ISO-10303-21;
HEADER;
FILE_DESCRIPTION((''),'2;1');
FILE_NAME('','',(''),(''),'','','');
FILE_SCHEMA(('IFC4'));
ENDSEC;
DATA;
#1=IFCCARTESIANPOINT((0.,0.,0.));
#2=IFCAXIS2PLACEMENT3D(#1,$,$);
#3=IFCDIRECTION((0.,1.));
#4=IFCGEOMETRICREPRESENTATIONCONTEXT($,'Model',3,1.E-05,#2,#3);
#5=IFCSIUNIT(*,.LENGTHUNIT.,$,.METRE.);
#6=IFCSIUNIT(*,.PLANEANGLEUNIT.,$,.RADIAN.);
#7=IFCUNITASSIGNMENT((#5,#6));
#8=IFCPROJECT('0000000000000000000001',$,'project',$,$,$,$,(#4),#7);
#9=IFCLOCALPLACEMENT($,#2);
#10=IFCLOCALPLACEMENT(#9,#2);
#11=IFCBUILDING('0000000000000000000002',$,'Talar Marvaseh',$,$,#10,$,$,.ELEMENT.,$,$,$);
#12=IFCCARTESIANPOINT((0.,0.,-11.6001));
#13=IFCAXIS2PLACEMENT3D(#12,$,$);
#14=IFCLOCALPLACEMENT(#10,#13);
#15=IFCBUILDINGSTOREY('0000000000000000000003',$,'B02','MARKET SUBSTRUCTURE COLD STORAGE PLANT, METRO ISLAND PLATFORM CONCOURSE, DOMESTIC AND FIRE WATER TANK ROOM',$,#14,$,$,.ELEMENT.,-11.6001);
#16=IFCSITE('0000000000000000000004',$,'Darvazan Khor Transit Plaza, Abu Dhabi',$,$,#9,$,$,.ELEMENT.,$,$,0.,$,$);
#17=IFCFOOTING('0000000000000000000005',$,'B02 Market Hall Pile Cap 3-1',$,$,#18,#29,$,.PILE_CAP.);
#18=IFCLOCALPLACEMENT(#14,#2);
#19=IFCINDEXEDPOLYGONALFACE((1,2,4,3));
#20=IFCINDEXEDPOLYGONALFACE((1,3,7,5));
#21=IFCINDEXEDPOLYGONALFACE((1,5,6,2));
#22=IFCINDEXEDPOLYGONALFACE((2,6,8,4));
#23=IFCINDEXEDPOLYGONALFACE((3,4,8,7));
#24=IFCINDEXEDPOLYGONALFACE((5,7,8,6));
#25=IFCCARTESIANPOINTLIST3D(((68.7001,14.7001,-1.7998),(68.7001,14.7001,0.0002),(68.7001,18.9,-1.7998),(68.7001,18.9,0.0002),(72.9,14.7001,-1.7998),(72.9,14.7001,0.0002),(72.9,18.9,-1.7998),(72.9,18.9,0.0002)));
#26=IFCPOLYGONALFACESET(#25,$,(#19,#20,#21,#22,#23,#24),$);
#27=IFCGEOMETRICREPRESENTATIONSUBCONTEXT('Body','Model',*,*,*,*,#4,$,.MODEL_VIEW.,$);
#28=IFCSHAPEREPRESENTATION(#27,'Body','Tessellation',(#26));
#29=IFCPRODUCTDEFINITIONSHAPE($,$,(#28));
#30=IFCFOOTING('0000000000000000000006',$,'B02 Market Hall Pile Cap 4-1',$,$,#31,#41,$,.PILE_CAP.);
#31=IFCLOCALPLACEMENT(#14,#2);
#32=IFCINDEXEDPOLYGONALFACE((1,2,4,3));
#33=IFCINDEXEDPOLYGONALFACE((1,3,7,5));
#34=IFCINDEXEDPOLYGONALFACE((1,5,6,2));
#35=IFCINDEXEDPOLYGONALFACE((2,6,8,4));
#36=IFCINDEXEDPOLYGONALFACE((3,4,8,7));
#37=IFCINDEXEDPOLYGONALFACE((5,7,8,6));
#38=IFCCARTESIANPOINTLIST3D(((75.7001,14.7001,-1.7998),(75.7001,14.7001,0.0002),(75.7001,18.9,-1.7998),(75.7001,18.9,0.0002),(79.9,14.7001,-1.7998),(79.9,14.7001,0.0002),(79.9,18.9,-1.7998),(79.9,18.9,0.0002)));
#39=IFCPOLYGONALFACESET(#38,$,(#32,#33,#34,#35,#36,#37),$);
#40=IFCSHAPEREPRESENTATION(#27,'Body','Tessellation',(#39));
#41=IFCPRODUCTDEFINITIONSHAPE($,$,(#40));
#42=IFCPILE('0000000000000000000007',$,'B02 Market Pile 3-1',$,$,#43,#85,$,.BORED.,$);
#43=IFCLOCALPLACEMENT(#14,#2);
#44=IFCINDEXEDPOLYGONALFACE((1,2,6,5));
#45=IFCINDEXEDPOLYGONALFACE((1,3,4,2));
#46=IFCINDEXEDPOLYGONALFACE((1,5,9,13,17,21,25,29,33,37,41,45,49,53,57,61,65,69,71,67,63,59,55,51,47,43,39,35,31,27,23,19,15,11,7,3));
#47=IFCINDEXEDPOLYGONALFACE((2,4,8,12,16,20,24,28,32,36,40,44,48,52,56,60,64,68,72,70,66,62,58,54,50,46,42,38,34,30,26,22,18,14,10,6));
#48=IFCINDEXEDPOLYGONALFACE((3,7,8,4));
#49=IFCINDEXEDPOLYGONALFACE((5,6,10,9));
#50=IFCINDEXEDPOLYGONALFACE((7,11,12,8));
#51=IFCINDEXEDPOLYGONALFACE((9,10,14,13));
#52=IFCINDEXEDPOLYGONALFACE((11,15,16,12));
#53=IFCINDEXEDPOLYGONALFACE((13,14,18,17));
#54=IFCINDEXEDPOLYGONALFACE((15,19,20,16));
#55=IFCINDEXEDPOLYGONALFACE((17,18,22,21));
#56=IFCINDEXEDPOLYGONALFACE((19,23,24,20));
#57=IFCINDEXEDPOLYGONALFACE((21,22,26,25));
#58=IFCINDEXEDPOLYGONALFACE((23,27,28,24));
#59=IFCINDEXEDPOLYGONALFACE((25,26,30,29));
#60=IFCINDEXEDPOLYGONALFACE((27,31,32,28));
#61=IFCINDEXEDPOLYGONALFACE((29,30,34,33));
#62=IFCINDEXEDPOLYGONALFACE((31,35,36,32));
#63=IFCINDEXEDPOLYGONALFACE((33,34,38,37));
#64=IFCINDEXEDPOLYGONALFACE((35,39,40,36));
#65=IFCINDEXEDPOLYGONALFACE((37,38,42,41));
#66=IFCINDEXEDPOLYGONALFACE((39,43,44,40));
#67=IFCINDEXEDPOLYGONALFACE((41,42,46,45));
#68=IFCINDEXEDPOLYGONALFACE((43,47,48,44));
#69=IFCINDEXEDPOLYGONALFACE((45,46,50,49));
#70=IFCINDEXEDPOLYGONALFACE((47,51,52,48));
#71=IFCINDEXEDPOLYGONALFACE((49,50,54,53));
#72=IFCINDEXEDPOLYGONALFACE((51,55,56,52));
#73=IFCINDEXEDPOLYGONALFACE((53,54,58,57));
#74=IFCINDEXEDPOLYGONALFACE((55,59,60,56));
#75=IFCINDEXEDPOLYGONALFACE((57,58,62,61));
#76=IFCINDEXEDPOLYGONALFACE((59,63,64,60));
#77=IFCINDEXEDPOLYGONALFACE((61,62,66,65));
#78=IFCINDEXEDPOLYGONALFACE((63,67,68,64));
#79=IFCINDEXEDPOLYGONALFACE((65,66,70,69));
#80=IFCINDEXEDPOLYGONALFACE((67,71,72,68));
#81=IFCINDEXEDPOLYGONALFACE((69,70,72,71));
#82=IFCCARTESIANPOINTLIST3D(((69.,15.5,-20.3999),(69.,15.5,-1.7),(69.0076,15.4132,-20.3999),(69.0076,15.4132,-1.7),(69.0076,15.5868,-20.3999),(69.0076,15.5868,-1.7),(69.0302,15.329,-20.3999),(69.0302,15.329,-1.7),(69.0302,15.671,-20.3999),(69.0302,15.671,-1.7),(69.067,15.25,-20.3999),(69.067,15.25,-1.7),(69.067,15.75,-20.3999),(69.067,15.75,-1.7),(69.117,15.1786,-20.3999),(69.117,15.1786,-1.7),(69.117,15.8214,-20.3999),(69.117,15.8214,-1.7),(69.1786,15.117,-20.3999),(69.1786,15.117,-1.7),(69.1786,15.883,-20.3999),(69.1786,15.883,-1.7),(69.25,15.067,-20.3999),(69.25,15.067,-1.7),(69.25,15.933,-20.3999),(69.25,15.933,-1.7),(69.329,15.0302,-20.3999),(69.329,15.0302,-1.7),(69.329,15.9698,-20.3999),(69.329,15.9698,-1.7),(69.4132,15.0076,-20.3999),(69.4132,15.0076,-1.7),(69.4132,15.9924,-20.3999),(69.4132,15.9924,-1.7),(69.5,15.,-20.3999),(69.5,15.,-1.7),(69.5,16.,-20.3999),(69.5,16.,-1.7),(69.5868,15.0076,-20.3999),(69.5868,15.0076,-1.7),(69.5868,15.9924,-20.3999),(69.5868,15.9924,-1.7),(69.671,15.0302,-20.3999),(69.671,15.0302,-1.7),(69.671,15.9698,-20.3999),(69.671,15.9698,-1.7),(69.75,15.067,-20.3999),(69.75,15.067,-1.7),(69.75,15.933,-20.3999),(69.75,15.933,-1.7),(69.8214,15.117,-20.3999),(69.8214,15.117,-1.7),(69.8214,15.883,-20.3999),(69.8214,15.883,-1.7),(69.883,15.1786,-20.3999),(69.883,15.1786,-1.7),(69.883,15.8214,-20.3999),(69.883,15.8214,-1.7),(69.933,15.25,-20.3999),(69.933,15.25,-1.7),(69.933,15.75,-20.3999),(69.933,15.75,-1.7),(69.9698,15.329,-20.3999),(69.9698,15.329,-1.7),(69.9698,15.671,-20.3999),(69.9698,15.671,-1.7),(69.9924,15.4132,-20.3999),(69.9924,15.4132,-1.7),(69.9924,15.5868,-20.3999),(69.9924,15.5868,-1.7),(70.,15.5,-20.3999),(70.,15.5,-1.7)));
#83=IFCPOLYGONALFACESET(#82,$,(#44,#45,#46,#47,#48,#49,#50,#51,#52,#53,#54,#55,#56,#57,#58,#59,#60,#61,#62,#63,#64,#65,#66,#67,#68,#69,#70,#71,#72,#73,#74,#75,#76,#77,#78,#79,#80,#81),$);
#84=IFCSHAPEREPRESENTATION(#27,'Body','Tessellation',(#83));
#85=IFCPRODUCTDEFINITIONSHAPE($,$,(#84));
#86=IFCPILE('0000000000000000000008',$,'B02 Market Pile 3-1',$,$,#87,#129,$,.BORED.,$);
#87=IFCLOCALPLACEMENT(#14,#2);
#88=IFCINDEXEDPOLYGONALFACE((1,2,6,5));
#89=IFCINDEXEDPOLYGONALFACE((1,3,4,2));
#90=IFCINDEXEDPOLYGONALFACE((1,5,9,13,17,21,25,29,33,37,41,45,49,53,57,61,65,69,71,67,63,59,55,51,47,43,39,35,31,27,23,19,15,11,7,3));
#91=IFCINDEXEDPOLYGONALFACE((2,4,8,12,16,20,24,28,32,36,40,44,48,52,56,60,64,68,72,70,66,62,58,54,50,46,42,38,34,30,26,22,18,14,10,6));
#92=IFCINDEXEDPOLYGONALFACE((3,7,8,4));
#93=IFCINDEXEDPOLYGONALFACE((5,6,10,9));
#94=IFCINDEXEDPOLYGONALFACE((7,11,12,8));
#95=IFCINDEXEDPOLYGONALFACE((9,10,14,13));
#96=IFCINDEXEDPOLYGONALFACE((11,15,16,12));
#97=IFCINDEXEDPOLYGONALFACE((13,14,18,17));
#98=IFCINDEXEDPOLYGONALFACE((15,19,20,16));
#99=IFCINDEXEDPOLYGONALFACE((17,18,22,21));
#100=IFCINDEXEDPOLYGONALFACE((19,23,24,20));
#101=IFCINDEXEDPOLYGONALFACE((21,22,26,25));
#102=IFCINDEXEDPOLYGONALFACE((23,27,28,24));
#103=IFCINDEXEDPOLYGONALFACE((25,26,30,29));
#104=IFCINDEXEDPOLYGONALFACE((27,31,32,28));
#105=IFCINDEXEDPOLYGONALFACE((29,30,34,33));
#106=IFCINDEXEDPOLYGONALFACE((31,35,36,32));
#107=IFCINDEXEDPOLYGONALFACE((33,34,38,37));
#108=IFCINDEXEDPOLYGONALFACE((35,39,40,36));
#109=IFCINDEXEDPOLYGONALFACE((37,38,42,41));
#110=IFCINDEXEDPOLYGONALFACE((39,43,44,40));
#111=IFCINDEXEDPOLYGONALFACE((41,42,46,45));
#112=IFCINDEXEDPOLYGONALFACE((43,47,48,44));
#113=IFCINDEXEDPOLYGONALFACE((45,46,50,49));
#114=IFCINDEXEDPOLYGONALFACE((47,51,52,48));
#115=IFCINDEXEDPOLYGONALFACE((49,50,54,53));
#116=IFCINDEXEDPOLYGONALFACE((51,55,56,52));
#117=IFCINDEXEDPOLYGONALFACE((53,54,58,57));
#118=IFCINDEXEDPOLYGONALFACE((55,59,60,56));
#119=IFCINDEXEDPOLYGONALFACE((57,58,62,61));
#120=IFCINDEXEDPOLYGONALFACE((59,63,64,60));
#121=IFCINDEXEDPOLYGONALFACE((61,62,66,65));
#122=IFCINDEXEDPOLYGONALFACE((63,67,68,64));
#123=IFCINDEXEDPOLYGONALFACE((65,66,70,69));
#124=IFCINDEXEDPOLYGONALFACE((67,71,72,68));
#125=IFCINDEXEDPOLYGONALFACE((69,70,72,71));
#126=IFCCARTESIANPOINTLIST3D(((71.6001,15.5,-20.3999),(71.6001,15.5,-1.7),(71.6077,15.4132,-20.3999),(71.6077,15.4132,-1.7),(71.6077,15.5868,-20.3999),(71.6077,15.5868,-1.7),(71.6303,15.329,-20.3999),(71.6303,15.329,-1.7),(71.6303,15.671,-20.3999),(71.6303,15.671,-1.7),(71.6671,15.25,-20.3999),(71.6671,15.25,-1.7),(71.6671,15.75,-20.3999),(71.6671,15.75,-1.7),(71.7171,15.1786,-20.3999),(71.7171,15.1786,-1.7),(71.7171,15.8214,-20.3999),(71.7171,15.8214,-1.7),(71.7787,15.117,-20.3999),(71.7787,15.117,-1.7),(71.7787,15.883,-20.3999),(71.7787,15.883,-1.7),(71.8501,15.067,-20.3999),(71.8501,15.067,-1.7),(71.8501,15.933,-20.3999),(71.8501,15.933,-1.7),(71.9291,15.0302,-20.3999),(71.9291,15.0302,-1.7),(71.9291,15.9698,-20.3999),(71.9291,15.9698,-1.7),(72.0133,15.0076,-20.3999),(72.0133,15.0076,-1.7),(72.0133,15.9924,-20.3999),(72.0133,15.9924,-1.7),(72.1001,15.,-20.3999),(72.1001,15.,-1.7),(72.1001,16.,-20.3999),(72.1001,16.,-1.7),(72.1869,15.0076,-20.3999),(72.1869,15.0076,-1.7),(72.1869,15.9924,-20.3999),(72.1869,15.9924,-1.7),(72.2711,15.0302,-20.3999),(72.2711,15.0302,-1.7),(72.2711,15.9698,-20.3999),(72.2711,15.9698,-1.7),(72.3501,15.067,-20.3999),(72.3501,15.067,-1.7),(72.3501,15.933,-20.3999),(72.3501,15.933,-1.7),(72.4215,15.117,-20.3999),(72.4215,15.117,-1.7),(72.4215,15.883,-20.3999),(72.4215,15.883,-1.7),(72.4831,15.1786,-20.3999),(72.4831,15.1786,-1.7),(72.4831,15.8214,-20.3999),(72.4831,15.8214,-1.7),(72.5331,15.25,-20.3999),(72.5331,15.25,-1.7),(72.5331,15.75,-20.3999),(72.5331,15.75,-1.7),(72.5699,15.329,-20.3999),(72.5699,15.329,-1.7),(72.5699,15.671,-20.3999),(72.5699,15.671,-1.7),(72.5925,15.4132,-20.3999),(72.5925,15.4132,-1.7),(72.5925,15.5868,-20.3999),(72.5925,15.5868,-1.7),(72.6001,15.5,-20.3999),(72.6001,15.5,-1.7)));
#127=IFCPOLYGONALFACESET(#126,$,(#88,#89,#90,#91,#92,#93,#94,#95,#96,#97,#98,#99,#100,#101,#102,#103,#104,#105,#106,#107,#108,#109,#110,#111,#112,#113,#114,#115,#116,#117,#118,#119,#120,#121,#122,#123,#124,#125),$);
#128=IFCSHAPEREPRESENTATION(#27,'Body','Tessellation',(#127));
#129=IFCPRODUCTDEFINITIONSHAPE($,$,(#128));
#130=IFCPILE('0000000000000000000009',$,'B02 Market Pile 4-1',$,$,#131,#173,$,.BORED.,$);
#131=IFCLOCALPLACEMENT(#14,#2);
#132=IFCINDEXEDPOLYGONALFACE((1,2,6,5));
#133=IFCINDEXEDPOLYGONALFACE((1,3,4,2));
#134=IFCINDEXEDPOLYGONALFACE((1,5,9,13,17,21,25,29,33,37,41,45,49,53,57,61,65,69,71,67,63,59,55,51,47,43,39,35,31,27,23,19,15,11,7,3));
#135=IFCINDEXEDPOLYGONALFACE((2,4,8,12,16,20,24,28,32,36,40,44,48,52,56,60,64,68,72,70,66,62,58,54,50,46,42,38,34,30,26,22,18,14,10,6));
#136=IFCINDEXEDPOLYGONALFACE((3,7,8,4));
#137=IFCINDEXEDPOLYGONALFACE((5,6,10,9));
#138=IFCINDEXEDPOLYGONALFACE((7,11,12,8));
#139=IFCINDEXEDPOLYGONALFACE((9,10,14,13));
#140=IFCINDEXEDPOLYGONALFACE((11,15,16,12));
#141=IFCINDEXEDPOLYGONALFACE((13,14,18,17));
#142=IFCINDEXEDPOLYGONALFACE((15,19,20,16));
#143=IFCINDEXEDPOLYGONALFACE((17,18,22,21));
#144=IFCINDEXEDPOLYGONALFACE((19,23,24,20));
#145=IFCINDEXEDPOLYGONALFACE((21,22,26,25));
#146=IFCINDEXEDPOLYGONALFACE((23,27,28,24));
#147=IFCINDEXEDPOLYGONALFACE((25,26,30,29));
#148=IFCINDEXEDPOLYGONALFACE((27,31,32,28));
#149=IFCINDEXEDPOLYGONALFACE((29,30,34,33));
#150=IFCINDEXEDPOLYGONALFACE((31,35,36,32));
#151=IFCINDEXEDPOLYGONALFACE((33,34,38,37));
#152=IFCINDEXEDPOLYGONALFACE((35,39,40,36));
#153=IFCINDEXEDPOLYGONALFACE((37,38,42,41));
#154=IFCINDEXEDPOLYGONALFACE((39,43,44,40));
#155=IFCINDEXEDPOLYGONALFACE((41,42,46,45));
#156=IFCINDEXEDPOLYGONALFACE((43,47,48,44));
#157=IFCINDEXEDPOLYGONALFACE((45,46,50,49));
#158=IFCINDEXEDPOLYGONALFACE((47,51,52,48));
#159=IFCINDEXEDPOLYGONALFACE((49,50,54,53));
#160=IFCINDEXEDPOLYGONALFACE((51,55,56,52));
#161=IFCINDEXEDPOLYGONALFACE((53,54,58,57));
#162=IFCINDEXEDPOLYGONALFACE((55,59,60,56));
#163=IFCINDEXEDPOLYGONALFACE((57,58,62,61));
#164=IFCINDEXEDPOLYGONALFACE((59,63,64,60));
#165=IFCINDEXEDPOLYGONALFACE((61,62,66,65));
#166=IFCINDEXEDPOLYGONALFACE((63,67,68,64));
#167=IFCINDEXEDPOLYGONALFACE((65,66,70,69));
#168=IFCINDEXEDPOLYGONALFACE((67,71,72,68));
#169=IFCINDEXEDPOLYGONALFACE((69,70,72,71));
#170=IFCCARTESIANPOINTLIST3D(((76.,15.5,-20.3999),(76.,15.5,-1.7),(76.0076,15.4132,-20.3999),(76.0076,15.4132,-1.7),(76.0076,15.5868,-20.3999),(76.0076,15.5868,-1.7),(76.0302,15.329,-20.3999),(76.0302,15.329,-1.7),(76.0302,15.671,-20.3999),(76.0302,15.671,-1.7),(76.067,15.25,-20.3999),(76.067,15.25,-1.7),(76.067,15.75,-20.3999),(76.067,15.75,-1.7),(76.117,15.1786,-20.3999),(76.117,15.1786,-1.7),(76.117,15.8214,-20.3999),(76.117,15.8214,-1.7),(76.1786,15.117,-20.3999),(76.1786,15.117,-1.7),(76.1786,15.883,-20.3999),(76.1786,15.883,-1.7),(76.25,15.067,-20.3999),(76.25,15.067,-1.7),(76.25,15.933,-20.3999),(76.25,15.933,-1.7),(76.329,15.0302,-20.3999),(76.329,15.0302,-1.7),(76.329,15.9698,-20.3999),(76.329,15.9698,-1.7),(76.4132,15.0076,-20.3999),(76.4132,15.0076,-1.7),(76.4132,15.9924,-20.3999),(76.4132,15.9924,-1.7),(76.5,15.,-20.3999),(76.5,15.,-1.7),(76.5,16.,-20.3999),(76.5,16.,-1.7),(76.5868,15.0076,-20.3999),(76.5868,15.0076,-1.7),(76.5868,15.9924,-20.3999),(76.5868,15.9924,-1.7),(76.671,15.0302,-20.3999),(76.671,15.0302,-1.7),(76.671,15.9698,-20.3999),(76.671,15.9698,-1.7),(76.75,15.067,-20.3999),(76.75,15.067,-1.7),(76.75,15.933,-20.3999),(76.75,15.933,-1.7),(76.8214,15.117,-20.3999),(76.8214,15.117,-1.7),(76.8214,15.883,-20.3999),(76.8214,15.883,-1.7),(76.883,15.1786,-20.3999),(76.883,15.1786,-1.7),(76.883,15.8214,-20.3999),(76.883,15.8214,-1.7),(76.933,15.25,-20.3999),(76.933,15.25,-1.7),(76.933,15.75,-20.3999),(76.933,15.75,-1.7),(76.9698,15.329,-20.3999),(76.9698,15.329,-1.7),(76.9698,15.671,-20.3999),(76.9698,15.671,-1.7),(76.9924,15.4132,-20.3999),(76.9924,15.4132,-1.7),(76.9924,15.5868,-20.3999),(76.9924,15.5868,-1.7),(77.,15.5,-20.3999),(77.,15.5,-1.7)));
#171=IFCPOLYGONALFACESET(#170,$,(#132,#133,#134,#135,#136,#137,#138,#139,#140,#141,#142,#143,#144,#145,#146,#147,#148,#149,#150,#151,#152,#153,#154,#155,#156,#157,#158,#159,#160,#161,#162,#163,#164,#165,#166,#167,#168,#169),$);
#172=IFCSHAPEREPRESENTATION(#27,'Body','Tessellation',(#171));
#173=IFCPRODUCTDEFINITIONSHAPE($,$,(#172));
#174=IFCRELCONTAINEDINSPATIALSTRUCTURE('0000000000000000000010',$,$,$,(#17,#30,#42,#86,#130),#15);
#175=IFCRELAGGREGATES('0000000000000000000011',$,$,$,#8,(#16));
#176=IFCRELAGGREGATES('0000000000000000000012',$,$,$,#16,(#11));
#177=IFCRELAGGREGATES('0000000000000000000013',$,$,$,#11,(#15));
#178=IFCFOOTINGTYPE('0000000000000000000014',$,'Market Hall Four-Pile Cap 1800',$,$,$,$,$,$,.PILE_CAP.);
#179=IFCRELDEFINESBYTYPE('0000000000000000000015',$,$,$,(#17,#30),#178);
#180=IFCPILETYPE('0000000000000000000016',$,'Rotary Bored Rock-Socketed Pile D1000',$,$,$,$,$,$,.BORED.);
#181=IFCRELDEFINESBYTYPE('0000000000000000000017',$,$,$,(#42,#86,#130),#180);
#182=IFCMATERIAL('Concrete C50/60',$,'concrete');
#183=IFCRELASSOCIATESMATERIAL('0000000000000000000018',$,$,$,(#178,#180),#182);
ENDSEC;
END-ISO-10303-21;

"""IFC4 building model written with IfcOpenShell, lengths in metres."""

from ifc_helpers import new_model, si_unit, direction, frame, origin, origin_2d, place, context, subcontext, project, spatial, rectangle, circle, extrude, source, transform, mapped, material, material_profile, profile_set, type_object, type_shapes, element, save


model = new_model("IFC4")

# Units and contexts
model_context = context("Model", 3, precision=1e-05, world=origin(), true_north=direction((0.0, 1.0)))
body_context = subcontext(model_context, "Body", "Model", "MODEL_VIEW")
ifc_project = project(units=[si_unit("LENGTHUNIT", "METRE"), si_unit("PLANEANGLEUNIT", "RADIAN")], contexts=[model_context])

# Site, building, storey
site_placement = place(None, origin())
site = spatial("IfcSite", under=ifc_project, at=site_placement, Name="Darvazan Khor Transit Plaza, Abu Dhabi", CompositionType="ELEMENT", RefElevation=0.0)
building_placement = place(site_placement, origin())
building = spatial("IfcBuilding", under=site, at=building_placement, Name="Talar Marvaseh", CompositionType="ELEMENT")
storey_placement = place(building_placement, frame((0.0, 0.0, -11.6001)))
storey = spatial("IfcBuildingStorey", under=building, at=storey_placement, Name="B02", Description="MARKET SUBSTRUCTURE COLD STORAGE PLANT, METRO ISLAND PLATFORM CONCOURSE, DOMESTIC AND FIRE WATER TANK ROOM", CompositionType="ELEMENT", Elevation=-11.6001)

# Footings
ifc_material_1 = material(Name="Concrete C50/60", Category="concrete")
footing_type_1 = type_object("IfcFootingType", Name="Market Hall Four-Pile Cap 1800", PredefinedType="PILE_CAP", material=ifc_material_1)
shared_shape_1 = source(origin(), body_context, "Body", "SweptSolid", [
    extrude(rectangle(XDim=4.2, YDim=4.2, at=origin_2d()), origin(), (0.0, 0.0, 1.0), 1.8),
])
type_shapes(footing_type_1, [shared_shape_1])
for number, where, z_axis, x_axis, name in (
    (1, (70.8, 16.8, -1.7998), (0.0, 0.0, 1.0), (1.0, 0.0, 0.0), "B02 Market Hall Pile Cap 3-1"),
    (2, (77.8, 16.8, -1.7998), (0.0, 0.0, 1.0), (1.0, 0.0, 0.0), "B02 Market Hall Pile Cap 4-1"),
):
    element("IfcFooting", number, at=place(storey_placement, frame(where, z_axis=z_axis, x_axis=x_axis)), inside=storey, type_object=footing_type_1, Name=name, PredefinedType="PILE_CAP", context=body_context, shape_type="MappedRepresentation", body=[
        mapped(shared_shape_1, transform((0.0, 0.0, 0.0), x_axis=(1.0, 0.0, 0.0), y_axis=(0.0, 1.0, 0.0), z_axis=(0.0, 0.0, 1.0), scale=1.0)),
    ])

# Piles
ifc_material_profile_1 = material_profile(ifc_material_1, circle(Radius=0.5, at=origin_2d()), Name="PILE-D1000")
ifc_profile_set_1 = profile_set([ifc_material_profile_1], Name="Concrete C50/60")
pile_type = type_object("IfcPileType", Name="Rotary Bored Rock-Socketed Pile D1000", PredefinedType="BORED", material=ifc_profile_set_1)
shared_shape_2 = source(origin(), body_context, "Body", "SweptSolid", [
    extrude(circle(Radius=0.5, at=origin_2d()), origin(), (0.0, 0.0, 1.0), 18.7),
])
type_shapes(pile_type, [shared_shape_2])
for number, where, z_axis, x_axis, name in (
    (3, (69.5, 15.5, -1.7), (0.0, 0.0, -1.0), (1.0, 0.0, 0.0), "B02 Market Pile 3-1"),
    (4, (72.1001, 15.5, -1.7), (0.0, 0.0, -1.0), (1.0, 0.0, 0.0), "B02 Market Pile 3-1"),
    (5, (76.5, 15.5, -1.7), (0.0, 0.0, -1.0), (1.0, 0.0, 0.0), "B02 Market Pile 4-1"),
):
    element("IfcPile", number, at=place(storey_placement, frame(where, z_axis=z_axis, x_axis=x_axis)), inside=storey, type_object=pile_type, Name=name, PredefinedType="BORED", context=body_context, shape_type="MappedRepresentation", body=[
        mapped(shared_shape_2, transform((0.0, 0.0, 0.0), x_axis=(1.0, 0.0, 0.0), y_axis=(0.0, 1.0, 0.0), z_axis=(0.0, 0.0, 1.0), scale=1.0)),
    ])

save(model, "model.ifc")
